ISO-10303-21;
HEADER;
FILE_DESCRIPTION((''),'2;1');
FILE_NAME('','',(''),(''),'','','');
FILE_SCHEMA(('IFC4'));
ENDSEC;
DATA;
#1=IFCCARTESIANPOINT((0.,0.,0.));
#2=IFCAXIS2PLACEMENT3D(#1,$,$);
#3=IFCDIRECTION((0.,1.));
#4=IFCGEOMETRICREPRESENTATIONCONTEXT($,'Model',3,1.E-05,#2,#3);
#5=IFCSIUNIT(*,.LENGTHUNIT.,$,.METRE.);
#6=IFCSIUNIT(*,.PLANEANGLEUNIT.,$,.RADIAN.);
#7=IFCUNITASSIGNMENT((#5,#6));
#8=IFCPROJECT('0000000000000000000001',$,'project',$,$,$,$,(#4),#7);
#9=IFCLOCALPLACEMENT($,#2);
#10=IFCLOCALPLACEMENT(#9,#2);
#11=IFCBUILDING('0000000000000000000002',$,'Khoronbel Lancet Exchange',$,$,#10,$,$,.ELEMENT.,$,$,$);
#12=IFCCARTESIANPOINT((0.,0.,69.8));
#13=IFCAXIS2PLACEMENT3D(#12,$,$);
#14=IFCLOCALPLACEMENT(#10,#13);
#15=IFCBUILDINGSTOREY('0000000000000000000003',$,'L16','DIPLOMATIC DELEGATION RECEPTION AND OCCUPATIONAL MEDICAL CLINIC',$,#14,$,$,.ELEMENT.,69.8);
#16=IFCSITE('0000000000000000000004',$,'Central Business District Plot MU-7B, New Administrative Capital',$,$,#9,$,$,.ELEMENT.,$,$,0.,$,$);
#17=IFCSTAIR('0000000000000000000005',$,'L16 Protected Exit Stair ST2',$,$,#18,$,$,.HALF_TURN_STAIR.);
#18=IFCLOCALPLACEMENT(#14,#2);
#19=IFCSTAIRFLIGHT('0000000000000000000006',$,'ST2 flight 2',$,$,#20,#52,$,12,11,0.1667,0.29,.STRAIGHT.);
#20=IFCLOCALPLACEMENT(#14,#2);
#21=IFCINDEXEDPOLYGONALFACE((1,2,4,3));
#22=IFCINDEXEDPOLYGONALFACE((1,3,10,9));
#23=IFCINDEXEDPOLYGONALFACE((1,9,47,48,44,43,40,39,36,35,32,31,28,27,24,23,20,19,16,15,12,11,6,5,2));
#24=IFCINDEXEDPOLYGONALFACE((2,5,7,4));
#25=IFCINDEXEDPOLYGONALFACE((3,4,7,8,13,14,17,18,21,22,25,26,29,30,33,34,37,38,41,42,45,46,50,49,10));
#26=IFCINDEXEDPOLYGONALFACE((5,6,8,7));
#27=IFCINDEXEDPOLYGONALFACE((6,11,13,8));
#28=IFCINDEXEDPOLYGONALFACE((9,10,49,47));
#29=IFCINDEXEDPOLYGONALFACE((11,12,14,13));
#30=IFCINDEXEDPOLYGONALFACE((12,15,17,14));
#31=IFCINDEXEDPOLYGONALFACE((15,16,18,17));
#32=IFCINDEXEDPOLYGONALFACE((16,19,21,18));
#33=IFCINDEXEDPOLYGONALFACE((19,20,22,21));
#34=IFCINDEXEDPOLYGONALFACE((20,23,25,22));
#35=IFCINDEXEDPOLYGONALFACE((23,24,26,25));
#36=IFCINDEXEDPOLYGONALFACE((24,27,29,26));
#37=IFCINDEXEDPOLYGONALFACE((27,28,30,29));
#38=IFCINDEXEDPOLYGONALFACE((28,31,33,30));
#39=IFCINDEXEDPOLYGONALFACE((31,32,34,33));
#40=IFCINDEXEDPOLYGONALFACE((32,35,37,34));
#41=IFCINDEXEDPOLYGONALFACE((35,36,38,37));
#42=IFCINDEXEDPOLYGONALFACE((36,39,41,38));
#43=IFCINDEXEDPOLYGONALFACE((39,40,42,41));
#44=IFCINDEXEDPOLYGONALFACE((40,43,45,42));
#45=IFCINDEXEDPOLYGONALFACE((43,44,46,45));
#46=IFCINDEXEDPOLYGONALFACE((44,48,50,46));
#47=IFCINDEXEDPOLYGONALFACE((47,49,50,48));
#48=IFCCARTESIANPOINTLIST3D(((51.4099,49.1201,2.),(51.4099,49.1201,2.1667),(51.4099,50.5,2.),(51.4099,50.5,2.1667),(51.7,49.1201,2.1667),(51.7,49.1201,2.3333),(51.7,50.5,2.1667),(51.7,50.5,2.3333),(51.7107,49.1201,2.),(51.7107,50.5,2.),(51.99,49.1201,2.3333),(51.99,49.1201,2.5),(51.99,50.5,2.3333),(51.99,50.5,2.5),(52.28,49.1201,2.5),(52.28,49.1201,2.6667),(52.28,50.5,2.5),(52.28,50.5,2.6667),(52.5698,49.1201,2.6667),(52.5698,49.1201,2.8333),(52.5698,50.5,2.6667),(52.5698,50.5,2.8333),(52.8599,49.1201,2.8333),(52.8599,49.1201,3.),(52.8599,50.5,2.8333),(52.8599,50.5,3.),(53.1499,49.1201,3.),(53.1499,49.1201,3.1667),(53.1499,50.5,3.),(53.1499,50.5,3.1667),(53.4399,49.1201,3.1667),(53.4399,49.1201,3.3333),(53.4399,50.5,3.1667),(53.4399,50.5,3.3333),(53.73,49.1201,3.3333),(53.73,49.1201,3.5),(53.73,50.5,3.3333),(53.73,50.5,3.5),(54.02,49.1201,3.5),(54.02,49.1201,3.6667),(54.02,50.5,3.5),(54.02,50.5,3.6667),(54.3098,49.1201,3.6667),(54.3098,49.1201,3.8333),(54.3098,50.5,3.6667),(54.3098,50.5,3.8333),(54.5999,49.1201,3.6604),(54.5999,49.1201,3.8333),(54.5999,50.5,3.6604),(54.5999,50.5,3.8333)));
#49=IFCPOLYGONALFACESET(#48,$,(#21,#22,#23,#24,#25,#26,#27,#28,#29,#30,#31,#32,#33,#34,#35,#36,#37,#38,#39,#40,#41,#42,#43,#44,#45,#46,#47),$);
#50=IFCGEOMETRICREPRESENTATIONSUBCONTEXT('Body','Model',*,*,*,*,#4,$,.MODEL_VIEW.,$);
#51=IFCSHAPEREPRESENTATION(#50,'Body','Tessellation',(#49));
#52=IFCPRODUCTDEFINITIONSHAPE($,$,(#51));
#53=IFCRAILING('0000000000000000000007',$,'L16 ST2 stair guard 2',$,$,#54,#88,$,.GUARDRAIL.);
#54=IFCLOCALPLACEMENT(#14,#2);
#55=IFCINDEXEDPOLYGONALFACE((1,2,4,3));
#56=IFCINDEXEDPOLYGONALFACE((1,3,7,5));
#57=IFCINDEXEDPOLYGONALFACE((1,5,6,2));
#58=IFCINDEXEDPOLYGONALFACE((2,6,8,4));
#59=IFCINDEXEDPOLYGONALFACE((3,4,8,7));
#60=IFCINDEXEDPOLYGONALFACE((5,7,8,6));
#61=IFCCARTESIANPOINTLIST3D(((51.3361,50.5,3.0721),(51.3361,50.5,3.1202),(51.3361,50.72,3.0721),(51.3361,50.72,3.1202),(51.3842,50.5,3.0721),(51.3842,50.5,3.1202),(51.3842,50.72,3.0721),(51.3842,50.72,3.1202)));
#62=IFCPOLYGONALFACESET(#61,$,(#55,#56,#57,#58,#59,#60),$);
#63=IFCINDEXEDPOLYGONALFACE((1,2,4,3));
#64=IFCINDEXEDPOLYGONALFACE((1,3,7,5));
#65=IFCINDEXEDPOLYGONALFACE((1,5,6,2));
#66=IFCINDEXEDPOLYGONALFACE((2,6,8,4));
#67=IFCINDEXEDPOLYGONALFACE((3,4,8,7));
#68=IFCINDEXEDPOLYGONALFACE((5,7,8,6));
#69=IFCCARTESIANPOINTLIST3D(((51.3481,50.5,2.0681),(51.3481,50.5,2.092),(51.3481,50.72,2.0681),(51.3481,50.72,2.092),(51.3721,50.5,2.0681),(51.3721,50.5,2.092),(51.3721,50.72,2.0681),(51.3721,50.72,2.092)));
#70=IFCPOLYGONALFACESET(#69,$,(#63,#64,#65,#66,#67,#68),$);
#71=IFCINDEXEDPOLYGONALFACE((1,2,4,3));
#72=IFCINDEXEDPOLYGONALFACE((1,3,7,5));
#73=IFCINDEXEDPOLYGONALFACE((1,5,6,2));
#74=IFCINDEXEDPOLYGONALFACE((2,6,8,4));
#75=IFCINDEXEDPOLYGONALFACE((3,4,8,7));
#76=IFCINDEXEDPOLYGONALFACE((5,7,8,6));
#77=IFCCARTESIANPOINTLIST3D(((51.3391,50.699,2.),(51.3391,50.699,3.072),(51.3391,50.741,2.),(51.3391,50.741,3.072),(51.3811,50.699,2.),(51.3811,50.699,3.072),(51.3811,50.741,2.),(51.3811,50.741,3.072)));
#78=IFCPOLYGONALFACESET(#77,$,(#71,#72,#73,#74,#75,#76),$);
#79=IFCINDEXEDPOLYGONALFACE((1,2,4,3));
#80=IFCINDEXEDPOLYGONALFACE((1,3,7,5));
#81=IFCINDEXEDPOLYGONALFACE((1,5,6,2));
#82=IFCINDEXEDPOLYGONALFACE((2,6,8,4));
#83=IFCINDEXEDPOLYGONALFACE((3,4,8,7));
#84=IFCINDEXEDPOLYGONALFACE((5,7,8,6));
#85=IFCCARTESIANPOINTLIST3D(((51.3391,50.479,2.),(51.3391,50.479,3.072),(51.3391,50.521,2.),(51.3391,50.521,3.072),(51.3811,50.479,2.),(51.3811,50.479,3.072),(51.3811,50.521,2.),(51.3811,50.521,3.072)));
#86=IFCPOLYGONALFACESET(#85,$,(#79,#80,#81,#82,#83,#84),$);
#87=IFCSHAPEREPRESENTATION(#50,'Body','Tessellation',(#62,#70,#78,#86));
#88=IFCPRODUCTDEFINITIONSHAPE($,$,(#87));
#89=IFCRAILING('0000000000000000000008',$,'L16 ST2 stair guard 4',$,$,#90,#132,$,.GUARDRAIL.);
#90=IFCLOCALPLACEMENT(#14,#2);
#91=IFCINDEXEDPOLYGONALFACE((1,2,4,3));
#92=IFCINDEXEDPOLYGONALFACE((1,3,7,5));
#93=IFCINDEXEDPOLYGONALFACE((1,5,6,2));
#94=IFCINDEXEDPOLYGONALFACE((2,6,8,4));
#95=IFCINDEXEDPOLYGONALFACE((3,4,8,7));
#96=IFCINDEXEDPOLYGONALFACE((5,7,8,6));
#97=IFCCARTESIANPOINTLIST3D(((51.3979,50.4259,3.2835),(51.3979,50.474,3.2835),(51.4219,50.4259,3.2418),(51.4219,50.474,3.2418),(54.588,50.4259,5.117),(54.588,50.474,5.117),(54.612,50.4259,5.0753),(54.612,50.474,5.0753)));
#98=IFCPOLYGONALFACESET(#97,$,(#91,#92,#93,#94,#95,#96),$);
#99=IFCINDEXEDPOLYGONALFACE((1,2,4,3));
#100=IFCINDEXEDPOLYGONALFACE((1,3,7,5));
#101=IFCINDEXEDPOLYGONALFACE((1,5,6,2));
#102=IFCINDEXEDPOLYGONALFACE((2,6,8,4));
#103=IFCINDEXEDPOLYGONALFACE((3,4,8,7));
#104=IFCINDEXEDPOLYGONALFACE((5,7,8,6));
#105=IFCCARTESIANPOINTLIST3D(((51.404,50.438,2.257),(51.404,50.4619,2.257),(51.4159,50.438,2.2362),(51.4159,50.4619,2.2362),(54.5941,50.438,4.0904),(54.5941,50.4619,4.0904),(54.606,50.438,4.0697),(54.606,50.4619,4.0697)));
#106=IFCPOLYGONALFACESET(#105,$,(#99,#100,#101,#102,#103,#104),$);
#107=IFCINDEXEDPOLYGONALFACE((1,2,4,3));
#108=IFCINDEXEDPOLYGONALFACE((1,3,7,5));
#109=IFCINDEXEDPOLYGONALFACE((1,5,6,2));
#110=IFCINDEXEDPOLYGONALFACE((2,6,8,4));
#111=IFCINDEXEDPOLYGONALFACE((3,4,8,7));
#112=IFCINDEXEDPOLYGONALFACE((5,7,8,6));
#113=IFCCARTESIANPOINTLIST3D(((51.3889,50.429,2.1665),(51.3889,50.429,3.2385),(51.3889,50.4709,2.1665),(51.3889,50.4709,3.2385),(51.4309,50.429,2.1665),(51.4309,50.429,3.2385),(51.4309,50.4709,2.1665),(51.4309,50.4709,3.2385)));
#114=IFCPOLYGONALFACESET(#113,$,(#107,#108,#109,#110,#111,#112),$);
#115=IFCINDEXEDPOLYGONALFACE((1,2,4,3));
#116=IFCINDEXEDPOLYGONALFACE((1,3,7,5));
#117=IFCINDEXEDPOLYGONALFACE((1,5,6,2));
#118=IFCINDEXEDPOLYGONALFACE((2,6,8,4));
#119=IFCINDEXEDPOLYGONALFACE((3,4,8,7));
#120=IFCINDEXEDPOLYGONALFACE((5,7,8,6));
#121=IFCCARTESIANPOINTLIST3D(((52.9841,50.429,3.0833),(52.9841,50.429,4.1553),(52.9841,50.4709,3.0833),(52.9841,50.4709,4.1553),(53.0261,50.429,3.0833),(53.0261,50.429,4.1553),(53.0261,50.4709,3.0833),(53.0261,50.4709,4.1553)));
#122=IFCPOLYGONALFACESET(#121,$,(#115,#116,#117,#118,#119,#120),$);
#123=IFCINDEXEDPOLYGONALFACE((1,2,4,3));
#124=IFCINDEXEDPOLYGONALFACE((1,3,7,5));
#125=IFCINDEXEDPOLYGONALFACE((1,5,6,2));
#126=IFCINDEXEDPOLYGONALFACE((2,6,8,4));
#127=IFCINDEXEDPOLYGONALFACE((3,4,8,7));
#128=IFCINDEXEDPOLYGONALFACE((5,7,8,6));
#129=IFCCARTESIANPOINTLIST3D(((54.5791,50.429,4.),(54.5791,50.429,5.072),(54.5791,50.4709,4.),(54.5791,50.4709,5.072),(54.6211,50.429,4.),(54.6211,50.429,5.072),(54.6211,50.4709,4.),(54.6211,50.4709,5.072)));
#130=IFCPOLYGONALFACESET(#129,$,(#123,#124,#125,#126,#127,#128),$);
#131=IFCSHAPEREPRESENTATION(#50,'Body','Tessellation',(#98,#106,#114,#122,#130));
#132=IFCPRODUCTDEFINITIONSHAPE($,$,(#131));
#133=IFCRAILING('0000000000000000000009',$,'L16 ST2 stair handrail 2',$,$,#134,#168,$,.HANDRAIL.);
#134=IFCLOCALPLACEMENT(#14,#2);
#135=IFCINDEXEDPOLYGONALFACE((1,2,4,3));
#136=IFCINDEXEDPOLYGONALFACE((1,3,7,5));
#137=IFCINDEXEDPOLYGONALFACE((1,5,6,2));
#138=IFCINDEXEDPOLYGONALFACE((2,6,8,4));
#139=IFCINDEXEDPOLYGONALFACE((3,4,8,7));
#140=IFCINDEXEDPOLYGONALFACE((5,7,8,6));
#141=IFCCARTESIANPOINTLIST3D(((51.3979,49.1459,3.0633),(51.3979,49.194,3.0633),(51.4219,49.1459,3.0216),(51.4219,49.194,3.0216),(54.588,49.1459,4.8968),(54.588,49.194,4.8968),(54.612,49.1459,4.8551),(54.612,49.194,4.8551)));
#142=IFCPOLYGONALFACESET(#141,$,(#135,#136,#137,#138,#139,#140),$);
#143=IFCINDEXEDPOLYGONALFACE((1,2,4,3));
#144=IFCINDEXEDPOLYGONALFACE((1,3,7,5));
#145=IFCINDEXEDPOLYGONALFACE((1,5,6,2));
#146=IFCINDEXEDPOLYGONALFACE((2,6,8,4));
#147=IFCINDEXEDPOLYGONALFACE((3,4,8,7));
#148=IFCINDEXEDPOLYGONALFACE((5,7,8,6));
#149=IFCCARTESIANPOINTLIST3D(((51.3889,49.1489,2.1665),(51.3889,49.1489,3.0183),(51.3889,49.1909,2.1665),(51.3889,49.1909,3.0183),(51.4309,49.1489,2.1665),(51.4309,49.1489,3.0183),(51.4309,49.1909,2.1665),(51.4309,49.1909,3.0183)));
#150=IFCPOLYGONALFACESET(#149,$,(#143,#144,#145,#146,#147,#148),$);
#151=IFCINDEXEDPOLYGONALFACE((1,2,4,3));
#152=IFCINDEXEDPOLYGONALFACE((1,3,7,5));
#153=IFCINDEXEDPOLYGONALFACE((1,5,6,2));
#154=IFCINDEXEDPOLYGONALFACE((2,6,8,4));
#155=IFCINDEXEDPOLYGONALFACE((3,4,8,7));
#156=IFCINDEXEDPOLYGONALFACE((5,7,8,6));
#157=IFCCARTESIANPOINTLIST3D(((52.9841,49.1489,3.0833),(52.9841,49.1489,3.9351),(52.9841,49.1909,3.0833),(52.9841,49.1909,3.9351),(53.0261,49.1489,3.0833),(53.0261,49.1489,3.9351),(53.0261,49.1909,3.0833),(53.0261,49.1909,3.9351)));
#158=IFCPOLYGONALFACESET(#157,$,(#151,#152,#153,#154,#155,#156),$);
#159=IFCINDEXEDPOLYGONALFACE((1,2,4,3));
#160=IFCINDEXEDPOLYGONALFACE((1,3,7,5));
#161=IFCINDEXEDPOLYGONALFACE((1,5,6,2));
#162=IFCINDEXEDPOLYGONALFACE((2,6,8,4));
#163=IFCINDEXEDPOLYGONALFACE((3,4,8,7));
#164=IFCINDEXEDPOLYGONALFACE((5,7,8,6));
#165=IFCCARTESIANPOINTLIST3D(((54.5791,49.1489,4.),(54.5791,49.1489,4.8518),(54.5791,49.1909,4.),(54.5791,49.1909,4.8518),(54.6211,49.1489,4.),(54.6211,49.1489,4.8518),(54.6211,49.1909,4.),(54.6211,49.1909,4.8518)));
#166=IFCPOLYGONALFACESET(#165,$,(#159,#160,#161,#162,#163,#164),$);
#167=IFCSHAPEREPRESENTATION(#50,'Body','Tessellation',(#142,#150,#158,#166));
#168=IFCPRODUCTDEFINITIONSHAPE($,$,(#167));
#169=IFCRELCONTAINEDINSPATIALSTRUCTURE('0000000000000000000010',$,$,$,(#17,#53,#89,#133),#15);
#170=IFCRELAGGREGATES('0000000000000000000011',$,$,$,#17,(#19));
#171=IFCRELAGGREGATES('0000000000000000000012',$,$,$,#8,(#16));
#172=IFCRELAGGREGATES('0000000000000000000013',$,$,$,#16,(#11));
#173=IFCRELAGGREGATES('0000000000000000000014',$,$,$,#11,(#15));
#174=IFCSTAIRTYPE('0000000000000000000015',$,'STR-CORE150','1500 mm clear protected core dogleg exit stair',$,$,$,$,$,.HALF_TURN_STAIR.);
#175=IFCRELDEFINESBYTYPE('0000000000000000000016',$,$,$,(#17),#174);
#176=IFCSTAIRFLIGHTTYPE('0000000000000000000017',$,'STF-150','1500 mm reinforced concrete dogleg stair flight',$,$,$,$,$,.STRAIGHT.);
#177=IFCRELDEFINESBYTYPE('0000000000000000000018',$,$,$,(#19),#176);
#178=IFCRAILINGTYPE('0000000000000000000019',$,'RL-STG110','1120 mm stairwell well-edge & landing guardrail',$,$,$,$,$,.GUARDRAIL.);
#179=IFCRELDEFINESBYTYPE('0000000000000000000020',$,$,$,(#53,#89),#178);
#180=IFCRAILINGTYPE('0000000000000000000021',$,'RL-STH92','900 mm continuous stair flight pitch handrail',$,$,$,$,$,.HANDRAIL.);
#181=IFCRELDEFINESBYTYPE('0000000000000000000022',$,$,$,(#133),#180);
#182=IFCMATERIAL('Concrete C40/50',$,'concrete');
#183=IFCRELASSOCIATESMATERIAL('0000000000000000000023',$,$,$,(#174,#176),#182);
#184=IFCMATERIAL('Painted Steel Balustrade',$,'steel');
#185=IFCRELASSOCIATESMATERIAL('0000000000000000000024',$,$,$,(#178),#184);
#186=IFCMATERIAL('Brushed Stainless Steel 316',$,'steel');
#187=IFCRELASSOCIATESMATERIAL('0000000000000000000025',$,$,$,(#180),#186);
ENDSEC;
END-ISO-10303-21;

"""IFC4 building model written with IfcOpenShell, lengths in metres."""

from ifc_helpers import new_model, si_unit, direction, frame, origin, origin_2d, place, context, subcontext, project, spatial, polyline, rectangle, outline, extrude, material, type_object, element, aggregate, save


model = new_model("IFC4")

# Units and contexts
model_context = context("Model", 3, precision=1e-05, world=origin(), true_north=direction((0.0, 1.0)))
body_context = subcontext(model_context, "Body", "Model", "MODEL_VIEW")
ifc_project = project(units=[si_unit("LENGTHUNIT", "METRE"), si_unit("PLANEANGLEUNIT", "RADIAN")], contexts=[model_context])

# Site, building, storey
site_placement = place(None, origin())
site = spatial("IfcSite", under=ifc_project, at=site_placement, Name="Central Business District Plot MU-7B, New Administrative Capital", CompositionType="ELEMENT", RefElevation=0.0)
building_placement = place(site_placement, origin())
building = spatial("IfcBuilding", under=site, at=building_placement, Name="Khoronbel Lancet Exchange", CompositionType="ELEMENT")
storey_placement = place(building_placement, frame((0.0, 0.0, 69.8)))
storey = spatial("IfcBuildingStorey", under=building, at=storey_placement, Name="L16", Description="DIPLOMATIC DELEGATION RECEPTION AND OCCUPATIONAL MEDICAL CLINIC", CompositionType="ELEMENT", Elevation=69.8)

# Stair, stair flight
ifc_material_1 = material(Name="Concrete C40/50", Category="concrete")
stair_type = type_object("IfcStairType", Name="STR-CORE150", Description="1500 mm clear protected core dogleg exit stair", PredefinedType="HALF_TURN_STAIR", material=ifc_material_1)
stair_placement = place(storey_placement, origin())
stair = element("IfcStair", 1, at=stair_placement, inside=storey, type_object=stair_type, Name="L16 Protected Exit Stair ST2", PredefinedType="HALF_TURN_STAIR")
stair_flight_type = type_object("IfcStairFlightType", Name="STF-150", Description="1500 mm reinforced concrete dogleg stair flight", PredefinedType="STRAIGHT", material=ifc_material_1)
stair_flight_placement = place(storey_placement, frame((51.4099, 49.8101, 2.0), z_axis=(0.0, 0.0, 1.0), x_axis=(1.0, 0.0, 0.0)))
stair_flight = element("IfcStairFlight", 2, at=stair_flight_placement, type_object=stair_flight_type, Name="ST2 flight 2", NumberOfRisers=12, NumberOfTreads=11, PredefinedType="STRAIGHT", RiserHeight=0.1667, TreadLength=0.29, context=body_context, shape_type="SweptSolid", body=[
    extrude(outline(polyline([(0.0, 0.0), (0.0, 0.1667), (0.29, 0.1667), (0.29, 0.3333), (0.5801, 0.3333), (0.5801, 0.5), (0.8701, 0.5), (0.8701, 0.6667), (1.1599, 0.6667), (1.1599, 0.8333), (1.45, 0.8333), (1.45, 1.0), (1.74, 1.0), (1.74, 1.1667), (2.03, 1.1667), (2.03, 1.3333), (2.3201, 1.3333), (2.3201, 1.5), (2.6101, 1.5), (2.6101, 1.6667), (2.8999, 1.6667), (2.8999, 1.8333), (3.1899, 1.8333), (3.1899, 2.0), (3.1899, 1.6604), (0.3008, 0.0), (0.0, 0.0)])), frame((0.0, 0.6899, 0.0), z_axis=(0.0, -1.0, 0.0), x_axis=(1.0, 0.0, 0.0)), (0.0, 0.0, 1.0), 1.3799),
])
aggregate(stair, [stair_flight])

# Railings
ifc_material_2 = material(Name="Painted Steel Balustrade", Category="steel")
railing_type_1 = type_object("IfcRailingType", Name="RL-STG110", Description="1120 mm stairwell well-edge & landing guardrail", PredefinedType="GUARDRAIL", material=ifc_material_2)
railing_1_placement = place(storey_placement, frame((51.3601, 50.72, 2.0)))
element("IfcRailing", 3, at=railing_1_placement, inside=storey, type_object=railing_type_1, Name="L16 ST2 stair guard 2", PredefinedType="GUARDRAIL", context=body_context, shape_type="SweptSolid", body=[
    extrude(rectangle(XDim=0.0481, YDim=0.0481, at=origin_2d()), frame((0.0, 0.0, 1.0962), z_axis=(0.0, -1.0, 0.0), x_axis=(1.0, 0.0, 0.0)), (0.0, 0.0, 1.0), 0.22),
    extrude(rectangle(XDim=0.0239, YDim=0.0239, at=origin_2d()), frame((0.0, 0.0, 0.0801), z_axis=(0.0, -1.0, 0.0), x_axis=(1.0, 0.0, 0.0)), (0.0, 0.0, 1.0), 0.22),
    extrude(rectangle(XDim=0.042, YDim=0.042, at=origin_2d()), origin(), (0.0, 0.0, 1.0), 1.072),
    extrude(rectangle(XDim=0.042, YDim=0.042, at=origin_2d()), frame((0.0, -0.22, 0.0)), (0.0, 0.0, 1.0), 1.072),
])
railing_2_placement = place(storey_placement, frame((51.4099, 50.45, 2.1665)))
element("IfcRailing", 4, at=railing_2_placement, inside=storey, type_object=railing_type_1, Name="L16 ST2 stair guard 4", PredefinedType="GUARDRAIL", context=body_context, shape_type="SweptSolid", body=[
    extrude(rectangle(XDim=0.0481, YDim=0.0481, at=origin_2d()), frame((0.0, 0.0, 1.0962), z_axis=(0.867007, 0.0, 0.498295), x_axis=(0.0, 1.0, 0.0)), (0.0, 0.0, 1.0), 3.6794),
    extrude(rectangle(XDim=0.0239, YDim=0.0239, at=origin_2d()), frame((0.0, 0.0, 0.0801), z_axis=(0.867007, 0.0, 0.498295), x_axis=(0.0, 1.0, 0.0)), (0.0, 0.0, 1.0), 3.6794),
    extrude(rectangle(XDim=0.042, YDim=0.042, at=origin_2d()), origin(), (0.0, 0.0, 1.0), 1.072),
    extrude(rectangle(XDim=0.042, YDim=0.042, at=origin_2d()), frame((1.5952, 0.0, 0.9167)), (0.0, 0.0, 1.0), 1.072),
    extrude(rectangle(XDim=0.042, YDim=0.042, at=origin_2d()), frame((3.1902, 0.0, 1.8335)), (0.0, 0.0, 1.0), 1.072),
])
ifc_material_3 = material(Name="Brushed Stainless Steel 316", Category="steel")
railing_type_2 = type_object("IfcRailingType", Name="RL-STH92", Description="900 mm continuous stair flight pitch handrail", PredefinedType="HANDRAIL", material=ifc_material_3)
railing_3_placement = place(storey_placement, frame((51.4099, 49.1699, 2.1665)))
element("IfcRailing", 5, at=railing_3_placement, inside=storey, type_object=railing_type_2, Name="L16 ST2 stair handrail 2", PredefinedType="HANDRAIL", context=body_context, shape_type="SweptSolid", body=[
    extrude(rectangle(XDim=0.0481, YDim=0.0481, at=origin_2d()), frame((0.0, 0.0, 0.876), z_axis=(0.867007, 0.0, 0.498295), x_axis=(0.0, 1.0, 0.0)), (0.0, 0.0, 1.0), 3.6794),
    extrude(rectangle(XDim=0.042, YDim=0.042, at=origin_2d()), origin(), (0.0, 0.0, 1.0), 0.8518),
    extrude(rectangle(XDim=0.042, YDim=0.042, at=origin_2d()), frame((1.5952, 0.0, 0.9167)), (0.0, 0.0, 1.0), 0.8518),
    extrude(rectangle(XDim=0.042, YDim=0.042, at=origin_2d()), frame((3.1902, 0.0, 1.8335)), (0.0, 0.0, 1.0), 0.8518),
])

save(model, "model.ifc")
